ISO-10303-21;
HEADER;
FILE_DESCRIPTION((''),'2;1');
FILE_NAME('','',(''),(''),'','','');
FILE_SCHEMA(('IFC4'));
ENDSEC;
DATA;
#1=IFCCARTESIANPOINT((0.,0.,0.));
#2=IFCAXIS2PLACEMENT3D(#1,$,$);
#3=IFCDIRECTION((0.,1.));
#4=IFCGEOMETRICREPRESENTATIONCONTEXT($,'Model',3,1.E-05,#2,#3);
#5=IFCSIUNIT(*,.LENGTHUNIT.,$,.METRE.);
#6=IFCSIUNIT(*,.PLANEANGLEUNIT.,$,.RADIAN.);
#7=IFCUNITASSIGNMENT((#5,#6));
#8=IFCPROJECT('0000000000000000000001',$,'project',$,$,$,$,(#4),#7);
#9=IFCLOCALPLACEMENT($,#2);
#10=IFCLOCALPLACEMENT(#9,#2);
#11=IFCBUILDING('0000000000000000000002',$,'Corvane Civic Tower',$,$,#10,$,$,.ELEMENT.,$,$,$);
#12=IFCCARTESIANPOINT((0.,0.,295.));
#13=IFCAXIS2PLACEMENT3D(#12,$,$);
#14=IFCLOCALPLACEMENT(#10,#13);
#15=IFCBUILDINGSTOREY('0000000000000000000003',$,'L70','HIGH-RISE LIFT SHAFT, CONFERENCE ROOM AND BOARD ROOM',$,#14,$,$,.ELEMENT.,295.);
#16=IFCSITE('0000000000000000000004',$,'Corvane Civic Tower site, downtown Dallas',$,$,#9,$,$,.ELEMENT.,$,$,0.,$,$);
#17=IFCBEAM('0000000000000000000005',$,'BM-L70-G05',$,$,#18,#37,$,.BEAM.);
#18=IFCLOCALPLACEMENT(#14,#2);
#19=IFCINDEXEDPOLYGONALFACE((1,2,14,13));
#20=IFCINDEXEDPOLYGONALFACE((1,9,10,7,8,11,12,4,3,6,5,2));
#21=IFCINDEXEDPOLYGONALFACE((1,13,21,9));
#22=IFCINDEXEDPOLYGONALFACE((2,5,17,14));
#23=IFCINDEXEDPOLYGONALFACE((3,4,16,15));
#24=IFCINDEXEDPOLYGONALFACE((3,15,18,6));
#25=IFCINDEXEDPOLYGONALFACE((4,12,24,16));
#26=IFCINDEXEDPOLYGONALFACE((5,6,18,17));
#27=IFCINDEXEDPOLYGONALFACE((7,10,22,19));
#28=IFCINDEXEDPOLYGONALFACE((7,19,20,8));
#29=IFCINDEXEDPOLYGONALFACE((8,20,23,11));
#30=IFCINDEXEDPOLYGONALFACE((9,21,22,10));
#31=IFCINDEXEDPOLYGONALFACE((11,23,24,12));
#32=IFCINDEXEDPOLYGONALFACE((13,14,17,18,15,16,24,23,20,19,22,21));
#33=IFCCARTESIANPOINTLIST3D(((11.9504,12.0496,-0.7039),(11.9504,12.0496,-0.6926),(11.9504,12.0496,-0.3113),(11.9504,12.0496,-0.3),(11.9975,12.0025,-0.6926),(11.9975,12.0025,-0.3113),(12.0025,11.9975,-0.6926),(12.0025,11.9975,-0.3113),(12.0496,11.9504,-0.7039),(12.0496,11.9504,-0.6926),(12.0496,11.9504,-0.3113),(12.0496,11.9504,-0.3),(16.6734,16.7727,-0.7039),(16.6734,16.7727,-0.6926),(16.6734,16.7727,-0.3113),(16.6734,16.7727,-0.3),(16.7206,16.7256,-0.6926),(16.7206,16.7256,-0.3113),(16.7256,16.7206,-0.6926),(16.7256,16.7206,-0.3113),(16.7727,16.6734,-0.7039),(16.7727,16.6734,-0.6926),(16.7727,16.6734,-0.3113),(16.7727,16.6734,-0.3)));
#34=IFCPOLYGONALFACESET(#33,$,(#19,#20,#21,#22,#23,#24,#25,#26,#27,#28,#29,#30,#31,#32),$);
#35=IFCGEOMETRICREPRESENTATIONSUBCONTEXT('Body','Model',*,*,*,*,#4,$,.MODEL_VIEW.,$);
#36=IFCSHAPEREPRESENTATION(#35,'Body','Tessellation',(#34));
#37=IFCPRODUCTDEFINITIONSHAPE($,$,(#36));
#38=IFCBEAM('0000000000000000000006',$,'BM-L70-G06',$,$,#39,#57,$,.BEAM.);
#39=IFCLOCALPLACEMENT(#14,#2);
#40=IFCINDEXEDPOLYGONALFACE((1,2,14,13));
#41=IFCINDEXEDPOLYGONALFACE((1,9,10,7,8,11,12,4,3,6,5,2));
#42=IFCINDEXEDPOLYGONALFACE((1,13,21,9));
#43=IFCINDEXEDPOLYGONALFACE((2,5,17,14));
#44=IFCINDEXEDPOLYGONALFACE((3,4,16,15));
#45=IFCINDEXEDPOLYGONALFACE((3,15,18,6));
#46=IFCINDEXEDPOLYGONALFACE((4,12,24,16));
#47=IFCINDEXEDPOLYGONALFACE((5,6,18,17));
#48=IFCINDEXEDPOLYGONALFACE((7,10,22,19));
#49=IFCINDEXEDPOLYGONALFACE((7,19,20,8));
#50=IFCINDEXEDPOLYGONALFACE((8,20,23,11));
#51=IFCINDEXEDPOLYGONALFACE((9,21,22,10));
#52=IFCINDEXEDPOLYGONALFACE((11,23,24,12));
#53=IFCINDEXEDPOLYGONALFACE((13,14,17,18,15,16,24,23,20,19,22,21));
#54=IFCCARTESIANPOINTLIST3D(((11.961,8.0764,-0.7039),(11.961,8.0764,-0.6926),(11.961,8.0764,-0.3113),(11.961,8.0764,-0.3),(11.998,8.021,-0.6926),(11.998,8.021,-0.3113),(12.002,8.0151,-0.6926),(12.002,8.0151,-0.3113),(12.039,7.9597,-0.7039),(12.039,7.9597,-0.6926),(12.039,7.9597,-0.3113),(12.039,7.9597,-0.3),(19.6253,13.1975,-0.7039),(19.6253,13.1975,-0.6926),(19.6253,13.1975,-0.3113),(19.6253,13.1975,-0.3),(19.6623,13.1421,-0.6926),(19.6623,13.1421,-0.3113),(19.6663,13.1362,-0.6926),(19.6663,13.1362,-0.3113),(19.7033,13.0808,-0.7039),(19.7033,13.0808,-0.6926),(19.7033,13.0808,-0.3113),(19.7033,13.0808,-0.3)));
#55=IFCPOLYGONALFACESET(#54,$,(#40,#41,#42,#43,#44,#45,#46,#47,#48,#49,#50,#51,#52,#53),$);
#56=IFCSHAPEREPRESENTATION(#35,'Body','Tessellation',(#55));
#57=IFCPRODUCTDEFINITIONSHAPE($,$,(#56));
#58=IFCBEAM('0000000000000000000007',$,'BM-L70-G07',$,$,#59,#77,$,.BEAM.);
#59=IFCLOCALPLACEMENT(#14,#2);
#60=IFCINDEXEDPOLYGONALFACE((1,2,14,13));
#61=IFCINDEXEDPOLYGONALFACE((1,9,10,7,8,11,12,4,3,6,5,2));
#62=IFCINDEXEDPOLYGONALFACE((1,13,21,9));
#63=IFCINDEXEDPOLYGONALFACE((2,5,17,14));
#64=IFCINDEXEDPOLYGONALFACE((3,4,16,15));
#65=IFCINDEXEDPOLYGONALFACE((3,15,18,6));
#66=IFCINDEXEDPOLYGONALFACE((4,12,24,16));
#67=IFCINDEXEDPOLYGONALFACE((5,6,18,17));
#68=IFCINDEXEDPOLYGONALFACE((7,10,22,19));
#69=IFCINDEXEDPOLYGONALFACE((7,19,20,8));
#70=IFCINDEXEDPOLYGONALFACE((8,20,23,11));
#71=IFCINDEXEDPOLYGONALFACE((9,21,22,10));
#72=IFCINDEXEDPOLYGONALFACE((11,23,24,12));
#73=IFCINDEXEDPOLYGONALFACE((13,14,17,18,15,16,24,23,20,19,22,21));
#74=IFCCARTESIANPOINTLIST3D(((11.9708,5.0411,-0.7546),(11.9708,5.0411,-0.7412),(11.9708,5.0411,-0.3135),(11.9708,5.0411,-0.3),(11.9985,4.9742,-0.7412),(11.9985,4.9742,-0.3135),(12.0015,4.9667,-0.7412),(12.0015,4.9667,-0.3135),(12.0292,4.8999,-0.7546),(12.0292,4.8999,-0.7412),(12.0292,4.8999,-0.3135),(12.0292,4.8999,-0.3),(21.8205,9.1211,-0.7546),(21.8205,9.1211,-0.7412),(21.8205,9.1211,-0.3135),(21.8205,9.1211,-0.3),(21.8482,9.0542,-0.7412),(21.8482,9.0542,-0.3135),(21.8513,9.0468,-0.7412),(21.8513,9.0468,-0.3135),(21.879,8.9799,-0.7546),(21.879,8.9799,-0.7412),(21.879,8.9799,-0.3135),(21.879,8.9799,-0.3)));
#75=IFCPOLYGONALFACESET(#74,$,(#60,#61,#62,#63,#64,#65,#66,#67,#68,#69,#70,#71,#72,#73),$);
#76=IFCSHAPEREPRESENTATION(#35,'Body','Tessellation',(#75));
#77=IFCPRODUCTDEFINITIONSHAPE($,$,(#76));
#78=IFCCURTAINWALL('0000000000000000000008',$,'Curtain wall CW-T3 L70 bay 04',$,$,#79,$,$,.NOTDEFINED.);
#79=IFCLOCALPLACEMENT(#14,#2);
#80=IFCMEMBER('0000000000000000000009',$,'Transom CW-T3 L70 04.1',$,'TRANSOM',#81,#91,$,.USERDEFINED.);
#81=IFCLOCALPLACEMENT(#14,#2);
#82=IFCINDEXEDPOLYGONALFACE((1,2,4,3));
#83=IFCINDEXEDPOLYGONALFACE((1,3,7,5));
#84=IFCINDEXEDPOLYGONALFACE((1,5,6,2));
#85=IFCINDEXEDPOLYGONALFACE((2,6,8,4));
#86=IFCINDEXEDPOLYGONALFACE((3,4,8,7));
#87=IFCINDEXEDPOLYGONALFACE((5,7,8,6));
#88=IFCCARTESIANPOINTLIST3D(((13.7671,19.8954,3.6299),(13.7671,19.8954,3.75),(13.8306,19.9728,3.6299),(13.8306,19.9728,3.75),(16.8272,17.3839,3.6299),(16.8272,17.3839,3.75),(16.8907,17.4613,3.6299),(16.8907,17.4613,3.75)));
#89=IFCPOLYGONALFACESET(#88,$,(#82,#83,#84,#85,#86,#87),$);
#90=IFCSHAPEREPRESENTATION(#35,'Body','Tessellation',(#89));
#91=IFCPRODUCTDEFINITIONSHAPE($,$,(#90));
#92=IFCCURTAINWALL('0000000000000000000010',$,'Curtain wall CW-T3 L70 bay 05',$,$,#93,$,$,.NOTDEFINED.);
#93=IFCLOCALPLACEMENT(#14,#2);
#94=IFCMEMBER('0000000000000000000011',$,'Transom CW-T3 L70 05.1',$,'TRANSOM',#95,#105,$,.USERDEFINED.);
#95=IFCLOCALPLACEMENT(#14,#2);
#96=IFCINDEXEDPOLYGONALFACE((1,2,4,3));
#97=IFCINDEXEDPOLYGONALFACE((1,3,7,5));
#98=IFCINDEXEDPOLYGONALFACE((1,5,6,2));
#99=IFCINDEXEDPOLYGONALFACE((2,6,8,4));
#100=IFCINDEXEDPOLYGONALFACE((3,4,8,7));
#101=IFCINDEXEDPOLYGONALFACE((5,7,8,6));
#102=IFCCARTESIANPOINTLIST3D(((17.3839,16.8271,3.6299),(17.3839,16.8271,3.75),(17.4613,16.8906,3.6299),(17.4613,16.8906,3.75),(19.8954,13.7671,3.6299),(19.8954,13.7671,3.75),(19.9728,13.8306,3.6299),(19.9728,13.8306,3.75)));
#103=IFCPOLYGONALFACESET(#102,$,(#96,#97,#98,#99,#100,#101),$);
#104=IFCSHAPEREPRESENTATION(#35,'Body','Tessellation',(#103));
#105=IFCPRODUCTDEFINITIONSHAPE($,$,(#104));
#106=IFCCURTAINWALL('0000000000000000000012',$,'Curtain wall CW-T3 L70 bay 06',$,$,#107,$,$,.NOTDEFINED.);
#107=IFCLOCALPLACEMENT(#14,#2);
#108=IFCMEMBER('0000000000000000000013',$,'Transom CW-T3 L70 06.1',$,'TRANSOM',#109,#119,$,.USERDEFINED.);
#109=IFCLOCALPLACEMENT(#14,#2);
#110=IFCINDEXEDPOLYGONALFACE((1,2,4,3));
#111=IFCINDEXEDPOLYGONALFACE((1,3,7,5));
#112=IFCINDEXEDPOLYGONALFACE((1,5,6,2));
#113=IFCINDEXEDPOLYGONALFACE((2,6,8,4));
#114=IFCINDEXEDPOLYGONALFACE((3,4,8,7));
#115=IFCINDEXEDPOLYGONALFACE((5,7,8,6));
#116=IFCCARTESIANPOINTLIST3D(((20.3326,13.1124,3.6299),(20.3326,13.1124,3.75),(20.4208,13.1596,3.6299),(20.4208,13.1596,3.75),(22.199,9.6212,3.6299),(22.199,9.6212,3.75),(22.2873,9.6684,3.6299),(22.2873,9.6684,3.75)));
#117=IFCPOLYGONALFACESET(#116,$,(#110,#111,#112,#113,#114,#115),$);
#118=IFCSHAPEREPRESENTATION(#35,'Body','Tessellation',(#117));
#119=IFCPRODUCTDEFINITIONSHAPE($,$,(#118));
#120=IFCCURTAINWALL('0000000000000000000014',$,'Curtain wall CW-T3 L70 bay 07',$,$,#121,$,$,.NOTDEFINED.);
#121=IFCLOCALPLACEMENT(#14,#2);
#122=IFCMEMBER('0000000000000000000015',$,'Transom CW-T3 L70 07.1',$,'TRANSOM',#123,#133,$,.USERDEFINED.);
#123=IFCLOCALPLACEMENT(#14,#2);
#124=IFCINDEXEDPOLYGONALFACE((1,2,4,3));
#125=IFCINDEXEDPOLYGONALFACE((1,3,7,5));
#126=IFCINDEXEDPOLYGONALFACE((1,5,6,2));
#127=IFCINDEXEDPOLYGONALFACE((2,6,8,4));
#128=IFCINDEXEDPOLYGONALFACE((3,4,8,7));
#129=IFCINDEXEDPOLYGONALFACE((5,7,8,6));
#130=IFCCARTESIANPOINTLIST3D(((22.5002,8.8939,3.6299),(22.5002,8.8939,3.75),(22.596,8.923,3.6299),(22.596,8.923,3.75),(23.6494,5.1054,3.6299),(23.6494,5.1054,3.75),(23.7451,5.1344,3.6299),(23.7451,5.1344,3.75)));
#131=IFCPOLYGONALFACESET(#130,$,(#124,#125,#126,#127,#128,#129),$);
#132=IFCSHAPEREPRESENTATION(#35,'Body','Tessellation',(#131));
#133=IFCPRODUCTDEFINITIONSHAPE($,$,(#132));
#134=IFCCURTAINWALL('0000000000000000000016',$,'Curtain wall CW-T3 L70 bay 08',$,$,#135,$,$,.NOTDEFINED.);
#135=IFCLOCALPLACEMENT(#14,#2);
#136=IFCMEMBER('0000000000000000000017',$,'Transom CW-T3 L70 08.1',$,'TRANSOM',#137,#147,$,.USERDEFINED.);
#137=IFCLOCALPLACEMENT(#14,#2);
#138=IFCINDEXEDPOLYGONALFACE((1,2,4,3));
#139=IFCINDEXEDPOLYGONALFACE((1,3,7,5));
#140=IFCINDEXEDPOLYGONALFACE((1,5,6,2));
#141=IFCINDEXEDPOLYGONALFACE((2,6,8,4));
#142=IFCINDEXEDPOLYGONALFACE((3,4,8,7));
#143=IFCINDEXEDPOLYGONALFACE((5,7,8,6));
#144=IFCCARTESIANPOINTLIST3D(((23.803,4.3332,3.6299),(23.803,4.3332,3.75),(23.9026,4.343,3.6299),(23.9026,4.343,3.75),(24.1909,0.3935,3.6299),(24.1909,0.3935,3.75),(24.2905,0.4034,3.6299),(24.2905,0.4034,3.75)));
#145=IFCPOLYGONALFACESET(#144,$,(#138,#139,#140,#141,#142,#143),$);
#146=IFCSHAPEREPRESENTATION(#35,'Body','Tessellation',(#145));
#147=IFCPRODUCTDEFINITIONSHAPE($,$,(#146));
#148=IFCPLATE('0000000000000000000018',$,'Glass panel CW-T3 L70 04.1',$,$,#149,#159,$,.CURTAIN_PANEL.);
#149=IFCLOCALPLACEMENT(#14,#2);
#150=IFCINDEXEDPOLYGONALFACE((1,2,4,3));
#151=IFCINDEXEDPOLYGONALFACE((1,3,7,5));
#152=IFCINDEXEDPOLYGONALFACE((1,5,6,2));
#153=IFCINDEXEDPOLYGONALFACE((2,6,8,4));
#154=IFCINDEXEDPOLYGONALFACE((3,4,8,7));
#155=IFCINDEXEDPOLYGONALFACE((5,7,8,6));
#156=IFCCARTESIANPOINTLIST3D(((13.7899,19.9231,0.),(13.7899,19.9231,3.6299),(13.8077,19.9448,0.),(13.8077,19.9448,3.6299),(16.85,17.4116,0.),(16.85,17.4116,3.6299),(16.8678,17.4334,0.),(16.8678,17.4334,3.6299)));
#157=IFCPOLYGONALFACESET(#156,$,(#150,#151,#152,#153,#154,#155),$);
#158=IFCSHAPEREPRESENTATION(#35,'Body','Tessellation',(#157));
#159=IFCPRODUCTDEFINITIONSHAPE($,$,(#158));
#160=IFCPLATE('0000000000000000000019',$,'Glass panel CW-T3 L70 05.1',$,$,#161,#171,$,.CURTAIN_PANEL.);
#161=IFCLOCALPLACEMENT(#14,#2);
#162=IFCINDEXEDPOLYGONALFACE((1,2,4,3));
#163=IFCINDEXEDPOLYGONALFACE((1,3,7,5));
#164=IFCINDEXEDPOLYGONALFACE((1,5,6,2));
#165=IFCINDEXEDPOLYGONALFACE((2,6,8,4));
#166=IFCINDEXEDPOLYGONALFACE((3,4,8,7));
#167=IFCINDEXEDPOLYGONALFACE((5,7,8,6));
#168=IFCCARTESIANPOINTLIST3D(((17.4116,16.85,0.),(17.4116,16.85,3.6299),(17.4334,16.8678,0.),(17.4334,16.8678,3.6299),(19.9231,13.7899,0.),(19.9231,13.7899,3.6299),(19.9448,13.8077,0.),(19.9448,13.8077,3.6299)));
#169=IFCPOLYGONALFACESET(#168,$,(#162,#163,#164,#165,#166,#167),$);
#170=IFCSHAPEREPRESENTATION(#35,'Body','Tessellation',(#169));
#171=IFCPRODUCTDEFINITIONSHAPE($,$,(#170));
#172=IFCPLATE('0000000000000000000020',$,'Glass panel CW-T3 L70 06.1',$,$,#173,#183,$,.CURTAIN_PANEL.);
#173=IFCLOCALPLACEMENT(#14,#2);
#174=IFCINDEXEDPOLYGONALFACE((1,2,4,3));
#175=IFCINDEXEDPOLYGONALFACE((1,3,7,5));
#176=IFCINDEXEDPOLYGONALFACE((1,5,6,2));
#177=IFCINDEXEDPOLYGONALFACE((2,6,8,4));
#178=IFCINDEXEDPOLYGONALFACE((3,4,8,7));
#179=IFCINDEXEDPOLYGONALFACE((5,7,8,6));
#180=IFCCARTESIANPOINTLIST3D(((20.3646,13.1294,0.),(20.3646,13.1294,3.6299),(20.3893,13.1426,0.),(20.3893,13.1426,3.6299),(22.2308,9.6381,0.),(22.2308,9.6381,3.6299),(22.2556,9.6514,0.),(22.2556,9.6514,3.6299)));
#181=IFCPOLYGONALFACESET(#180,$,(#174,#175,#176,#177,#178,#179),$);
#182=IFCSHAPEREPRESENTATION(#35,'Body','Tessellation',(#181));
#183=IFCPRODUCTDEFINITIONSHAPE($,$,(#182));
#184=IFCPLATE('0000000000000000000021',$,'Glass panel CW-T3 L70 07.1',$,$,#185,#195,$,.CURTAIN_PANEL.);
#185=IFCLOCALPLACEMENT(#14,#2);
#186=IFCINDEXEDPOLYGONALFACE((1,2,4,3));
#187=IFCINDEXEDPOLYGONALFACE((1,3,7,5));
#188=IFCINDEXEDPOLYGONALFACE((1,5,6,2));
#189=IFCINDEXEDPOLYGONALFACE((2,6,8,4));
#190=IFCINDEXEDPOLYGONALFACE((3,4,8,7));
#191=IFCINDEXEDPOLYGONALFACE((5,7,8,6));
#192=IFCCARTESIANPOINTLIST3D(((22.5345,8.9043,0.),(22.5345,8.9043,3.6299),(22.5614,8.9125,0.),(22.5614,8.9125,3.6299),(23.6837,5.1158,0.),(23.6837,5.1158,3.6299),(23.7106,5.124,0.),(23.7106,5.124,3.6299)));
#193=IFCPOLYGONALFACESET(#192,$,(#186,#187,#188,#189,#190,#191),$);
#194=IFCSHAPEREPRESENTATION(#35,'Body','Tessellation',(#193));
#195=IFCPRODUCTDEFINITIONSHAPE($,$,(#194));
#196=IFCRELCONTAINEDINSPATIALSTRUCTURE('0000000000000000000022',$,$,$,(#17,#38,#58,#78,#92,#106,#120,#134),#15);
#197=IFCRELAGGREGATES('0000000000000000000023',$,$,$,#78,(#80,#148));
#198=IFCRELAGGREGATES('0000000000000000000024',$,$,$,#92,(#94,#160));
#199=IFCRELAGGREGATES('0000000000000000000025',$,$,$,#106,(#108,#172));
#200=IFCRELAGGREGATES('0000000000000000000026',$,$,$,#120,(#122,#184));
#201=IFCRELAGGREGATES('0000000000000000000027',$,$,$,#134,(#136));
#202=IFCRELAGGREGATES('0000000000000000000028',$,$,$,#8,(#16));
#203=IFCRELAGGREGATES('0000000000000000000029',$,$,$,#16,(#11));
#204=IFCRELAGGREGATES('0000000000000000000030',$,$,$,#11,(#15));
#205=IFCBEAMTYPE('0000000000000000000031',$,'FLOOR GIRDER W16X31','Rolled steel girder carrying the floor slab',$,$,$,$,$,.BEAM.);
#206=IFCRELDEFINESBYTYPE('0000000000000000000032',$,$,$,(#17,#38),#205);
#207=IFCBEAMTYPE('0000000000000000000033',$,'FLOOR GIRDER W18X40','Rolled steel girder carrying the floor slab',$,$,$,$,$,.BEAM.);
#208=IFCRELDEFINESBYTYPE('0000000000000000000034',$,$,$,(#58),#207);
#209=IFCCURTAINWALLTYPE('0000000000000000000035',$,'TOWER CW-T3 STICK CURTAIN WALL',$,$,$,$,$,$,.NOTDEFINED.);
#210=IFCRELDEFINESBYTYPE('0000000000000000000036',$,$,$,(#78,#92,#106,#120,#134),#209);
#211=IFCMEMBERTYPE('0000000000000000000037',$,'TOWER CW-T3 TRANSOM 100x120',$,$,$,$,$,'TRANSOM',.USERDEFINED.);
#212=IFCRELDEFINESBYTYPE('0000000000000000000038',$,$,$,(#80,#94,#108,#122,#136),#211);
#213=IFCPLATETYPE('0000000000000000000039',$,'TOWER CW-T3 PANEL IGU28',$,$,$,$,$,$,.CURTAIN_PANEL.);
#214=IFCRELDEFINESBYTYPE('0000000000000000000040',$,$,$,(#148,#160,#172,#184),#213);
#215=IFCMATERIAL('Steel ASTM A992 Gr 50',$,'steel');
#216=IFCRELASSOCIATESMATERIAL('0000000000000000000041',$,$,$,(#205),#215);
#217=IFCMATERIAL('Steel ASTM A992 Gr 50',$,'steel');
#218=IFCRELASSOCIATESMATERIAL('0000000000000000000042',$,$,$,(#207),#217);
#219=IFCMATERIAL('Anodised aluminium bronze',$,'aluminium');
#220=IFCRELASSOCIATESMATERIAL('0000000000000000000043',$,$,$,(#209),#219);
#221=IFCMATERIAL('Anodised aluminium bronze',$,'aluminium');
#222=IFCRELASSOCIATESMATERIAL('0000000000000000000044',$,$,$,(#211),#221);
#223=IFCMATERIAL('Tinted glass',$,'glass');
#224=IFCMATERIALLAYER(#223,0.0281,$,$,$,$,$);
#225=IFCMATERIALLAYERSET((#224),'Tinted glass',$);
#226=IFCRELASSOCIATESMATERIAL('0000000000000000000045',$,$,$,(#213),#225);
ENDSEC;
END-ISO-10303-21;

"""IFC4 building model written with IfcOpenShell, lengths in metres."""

from ifc_helpers import new_model, si_unit, direction, frame, origin, origin_2d, place, context, subcontext, project, spatial, rectangle, i_section, extrude, material, layer, layer_set, material_profile, profile_set, type_object, element, aggregate, save


model = new_model("IFC4")

# Units and contexts
model_context = context("Model", 3, precision=1e-05, world=origin(), true_north=direction((0.0, 1.0)))
body_context = subcontext(model_context, "Body", "Model", "MODEL_VIEW")
ifc_project = project(units=[si_unit("LENGTHUNIT", "METRE"), si_unit("PLANEANGLEUNIT", "RADIAN")], contexts=[model_context])

# Site, building, storey
site_placement = place(None, origin())
site = spatial("IfcSite", under=ifc_project, at=site_placement, Name="Corvane Civic Tower site, downtown Dallas", CompositionType="ELEMENT", RefElevation=0.0)
building_placement = place(site_placement, origin())
building = spatial("IfcBuilding", under=site, at=building_placement, Name="Corvane Civic Tower", CompositionType="ELEMENT")
storey_placement = place(building_placement, frame((0.0, 0.0, 295.0)))
storey = spatial("IfcBuildingStorey", under=building, at=storey_placement, Name="L70", Description="HIGH-RISE LIFT SHAFT, CONFERENCE ROOM AND BOARD ROOM", CompositionType="ELEMENT", Elevation=295.0)

# Beams
ifc_material_1 = material(Name="Steel ASTM A992 Gr 50", Category="steel")
ifc_material_profile_1 = material_profile(ifc_material_1, i_section(OverallWidth=0.1404, OverallDepth=0.4038, WebThickness=0.0071, FlangeThickness=0.0112, at=origin_2d()), Name="W16X31")
ifc_profile_set_1 = profile_set([ifc_material_profile_1], Name="Steel ASTM A992 Gr 50")
beam_type_1 = type_object("IfcBeamType", Name="FLOOR GIRDER W16X31", Description="Rolled steel girder carrying the floor slab", PredefinedType="BEAM", material=ifc_profile_set_1)
beam_1_placement = place(storey_placement, frame((12.0, 12.0, -0.502), z_axis=(0.707107, 0.707107, 0.0), x_axis=(-0.707107, 0.707107, 0.0)))
element("IfcBeam", 1, at=beam_1_placement, inside=storey, type_object=beam_type_1, Name="BM-L70-G05", PredefinedType="BEAM", context=body_context, shape_type="SweptSolid", body=[
    extrude(i_section(OverallWidth=0.1404, OverallDepth=0.4038, WebThickness=0.0071, FlangeThickness=0.0112, at=origin_2d()), origin(), (0.0, 0.0, 1.0), 6.6794),
])
beam_2_placement = place(storey_placement, frame((12.0, 8.0181, -0.502), z_axis=(0.831471, 0.555568, 0.0), x_axis=(-0.555568, 0.831471, 0.0)))
element("IfcBeam", 2, at=beam_2_placement, inside=storey, type_object=beam_type_1, Name="BM-L70-G06", PredefinedType="BEAM", context=body_context, shape_type="SweptSolid", body=[
    extrude(i_section(OverallWidth=0.1404, OverallDepth=0.4038, WebThickness=0.0071, FlangeThickness=0.0112, at=origin_2d()), origin(), (0.0, 0.0, 1.0), 9.2178),
])
ifc_material_2 = material(Name="Steel ASTM A992 Gr 50", Category="steel")
ifc_material_profile_2 = material_profile(ifc_material_2, i_section(OverallWidth=0.1528, OverallDepth=0.4546, WebThickness=0.0081, FlangeThickness=0.0134, at=origin_2d()), Name="W18X40")
ifc_profile_set_2 = profile_set([ifc_material_profile_2], Name="Steel ASTM A992 Gr 50")
beam_type_2 = type_object("IfcBeamType", Name="FLOOR GIRDER W18X40", Description="Rolled steel girder carrying the floor slab", PredefinedType="BEAM", material=ifc_profile_set_2)
beam_3_placement = place(storey_placement, frame((12.0, 4.9705, -0.5273), z_axis=(0.923875, 0.382694, 0.0), x_axis=(-0.382694, 0.923875, 0.0)))
element("IfcBeam", 3, at=beam_3_placement, inside=storey, type_object=beam_type_2, Name="BM-L70-G07", PredefinedType="BEAM", context=body_context, shape_type="SweptSolid", body=[
    extrude(i_section(OverallWidth=0.1528, OverallDepth=0.4546, WebThickness=0.0081, FlangeThickness=0.0134, at=origin_2d()), origin(), (0.0, 0.0, 1.0), 10.6614),
])

# Curtain walls, members
ifc_material_3 = material(Name="Anodised aluminium bronze", Category="aluminium")
curtain_wall_type = type_object("IfcCurtainWallType", Name="TOWER CW-T3 STICK CURTAIN WALL", PredefinedType="NOTDEFINED", material=ifc_material_3)
curtain_wall_1_placement = place(storey_placement, origin())
curtain_wall_1 = element("IfcCurtainWall", 4, at=curtain_wall_1_placement, inside=storey, type_object=curtain_wall_type, Name="Curtain wall CW-T3 L70 bay 04", PredefinedType="NOTDEFINED")
ifc_material_4 = material(Name="Anodised aluminium bronze", Category="aluminium")
ifc_material_profile_3 = material_profile(ifc_material_4, rectangle(XDim=0.1001, YDim=0.1201, at=origin_2d()), Name="TOWER CW-T3 TRANSOM 100x120")
ifc_profile_set_3 = profile_set([ifc_material_profile_3], Name="Anodised aluminium bronze")
member_type = type_object("IfcMemberType", Name="TOWER CW-T3 TRANSOM 100x120", ElementType="TRANSOM", PredefinedType="USERDEFINED", material=ifc_profile_set_3)
member_1_placement = place(storey_placement, frame((13.7988, 19.9341, 3.6899), z_axis=(0.772992, -0.634416, 0.0), x_axis=(0.634416, 0.772992, 0.0)))
member_1 = element("IfcMember", 5, at=member_1_placement, type_object=member_type, Name="Transom CW-T3 L70 04.1", ObjectType="TRANSOM", PredefinedType="USERDEFINED", context=body_context, shape_type="SweptSolid", body=[
    extrude(rectangle(XDim=0.1001, YDim=0.1201, at=origin_2d()), origin(), (0.0, 0.0, 1.0), 3.9587),
])
curtain_wall_2_placement = place(storey_placement, origin())
curtain_wall_2 = element("IfcCurtainWall", 6, at=curtain_wall_2_placement, inside=storey, type_object=curtain_wall_type, Name="Curtain wall CW-T3 L70 bay 05", PredefinedType="NOTDEFINED")
member_2_placement = place(storey_placement, frame((17.4226, 16.8589, 3.6899), z_axis=(0.634416, -0.772992, 0.0), x_axis=(0.772992, 0.634416, 0.0)))
member_2 = element("IfcMember", 7, at=member_2_placement, type_object=member_type, Name="Transom CW-T3 L70 05.1", ObjectType="TRANSOM", PredefinedType="USERDEFINED", context=body_context, shape_type="SweptSolid", body=[
    extrude(rectangle(XDim=0.1001, YDim=0.1201, at=origin_2d()), origin(), (0.0, 0.0, 1.0), 3.9587),
])
curtain_wall_3_placement = place(storey_placement, origin())
curtain_wall_3 = element("IfcCurtainWall", 8, at=curtain_wall_3_placement, inside=storey, type_object=curtain_wall_type, Name="Curtain wall CW-T3 L70 bay 06", PredefinedType="NOTDEFINED")
member_3_placement = place(storey_placement, frame((20.3767, 13.136, 3.6899), z_axis=(0.471468, -0.881883, 0.0), x_axis=(0.881883, 0.471468, 0.0)))
member_3 = element("IfcMember", 9, at=member_3_placement, type_object=member_type, Name="Transom CW-T3 L70 06.1", ObjectType="TRANSOM", PredefinedType="USERDEFINED", context=body_context, shape_type="SweptSolid", body=[
    extrude(rectangle(XDim=0.1001, YDim=0.1201, at=origin_2d()), origin(), (0.0, 0.0, 1.0), 3.9587),
])
curtain_wall_4_placement = place(storey_placement, origin())
curtain_wall_4 = element("IfcCurtainWall", 10, at=curtain_wall_4_placement, inside=storey, type_object=curtain_wall_type, Name="Curtain wall CW-T3 L70 bay 07", PredefinedType="NOTDEFINED")
member_4_placement = place(storey_placement, frame((22.5481, 8.9084, 3.6899), z_axis=(0.290266, -0.956946, 0.0), x_axis=(0.956946, 0.290266, 0.0)))
member_4 = element("IfcMember", 11, at=member_4_placement, type_object=member_type, Name="Transom CW-T3 L70 07.1", ObjectType="TRANSOM", PredefinedType="USERDEFINED", context=body_context, shape_type="SweptSolid", body=[
    extrude(rectangle(XDim=0.1001, YDim=0.1201, at=origin_2d()), origin(), (0.0, 0.0, 1.0), 3.959),
])
curtain_wall_5_placement = place(storey_placement, origin())
curtain_wall_5 = element("IfcCurtainWall", 12, at=curtain_wall_5_placement, inside=storey, type_object=curtain_wall_type, Name="Curtain wall CW-T3 L70 bay 08", PredefinedType="NOTDEFINED")
member_5_placement = place(storey_placement, frame((23.8528, 4.3381, 3.6899), z_axis=(0.097995, -0.995187, 0.0), x_axis=(0.995187, 0.097995, 0.0)))
member_5 = element("IfcMember", 13, at=member_5_placement, type_object=member_type, Name="Transom CW-T3 L70 08.1", ObjectType="TRANSOM", PredefinedType="USERDEFINED", context=body_context, shape_type="SweptSolid", body=[
    extrude(rectangle(XDim=0.1001, YDim=0.1201, at=origin_2d()), origin(), (0.0, 0.0, 1.0), 3.9587),
])

# Plates
ifc_material_5 = material(Name="Tinted glass", Category="glass")
ifc_layer_1 = layer(ifc_material_5, 0.0281)
ifc_layer_set_1 = layer_set([ifc_layer_1], Name="Tinted glass")
plate_type = type_object("IfcPlateType", Name="TOWER CW-T3 PANEL IGU28", PredefinedType="CURTAIN_PANEL", material=ifc_layer_set_1)
plate_1_placement = place(storey_placement, frame((15.3289, 18.6782, 0.0), z_axis=(0.0, 0.0, 1.0), x_axis=(0.773001, -0.634405, 0.0)))
plate_1 = element("IfcPlate", 14, at=plate_1_placement, type_object=plate_type, Name="Glass panel CW-T3 L70 04.1", PredefinedType="CURTAIN_PANEL", context=body_context, shape_type="SweptSolid", body=[
    extrude(rectangle(XDim=3.9587, YDim=0.0281, at=origin_2d()), origin(), (0.0, 0.0, 1.0), 3.6299),
])
aggregate(curtain_wall_1, [member_1, plate_1])
plate_2_placement = place(storey_placement, frame((18.6782, 15.3289, 0.0), z_axis=(0.0, 0.0, 1.0), x_axis=(0.634405, -0.773001, 0.0)))
plate_2 = element("IfcPlate", 15, at=plate_2_placement, type_object=plate_type, Name="Glass panel CW-T3 L70 05.1", PredefinedType="CURTAIN_PANEL", context=body_context, shape_type="SweptSolid", body=[
    extrude(rectangle(XDim=3.9587, YDim=0.0281, at=origin_2d()), origin(), (0.0, 0.0, 1.0), 3.6299),
])
aggregate(curtain_wall_2, [member_2, plate_2])
plate_3_placement = place(storey_placement, frame((21.3101, 11.3904, 0.0), z_axis=(0.0, 0.0, 1.0), x_axis=(0.471421, -0.881908, 0.0)))
plate_3 = element("IfcPlate", 16, at=plate_3_placement, type_object=plate_type, Name="Glass panel CW-T3 L70 06.1", PredefinedType="CURTAIN_PANEL", context=body_context, shape_type="SweptSolid", body=[
    extrude(rectangle(XDim=3.9587, YDim=0.0281, at=origin_2d()), origin(), (0.0, 0.0, 1.0), 3.6299),
])
aggregate(curtain_wall_3, [member_3, plate_3])
plate_4_placement = place(storey_placement, frame((23.1226, 7.0142, 0.0), z_axis=(0.0, 0.0, 1.0), x_axis=(0.290274, -0.956944, 0.0)))
plate_4 = element("IfcPlate", 17, at=plate_4_placement, type_object=plate_type, Name="Glass panel CW-T3 L70 07.1", PredefinedType="CURTAIN_PANEL", context=body_context, shape_type="SweptSolid", body=[
    extrude(rectangle(XDim=3.959, YDim=0.0281, at=origin_2d()), origin(), (0.0, 0.0, 1.0), 3.6299),
])
aggregate(curtain_wall_4, [member_4, plate_4])
aggregate(curtain_wall_5, [member_5])

save(model, "model.ifc")
